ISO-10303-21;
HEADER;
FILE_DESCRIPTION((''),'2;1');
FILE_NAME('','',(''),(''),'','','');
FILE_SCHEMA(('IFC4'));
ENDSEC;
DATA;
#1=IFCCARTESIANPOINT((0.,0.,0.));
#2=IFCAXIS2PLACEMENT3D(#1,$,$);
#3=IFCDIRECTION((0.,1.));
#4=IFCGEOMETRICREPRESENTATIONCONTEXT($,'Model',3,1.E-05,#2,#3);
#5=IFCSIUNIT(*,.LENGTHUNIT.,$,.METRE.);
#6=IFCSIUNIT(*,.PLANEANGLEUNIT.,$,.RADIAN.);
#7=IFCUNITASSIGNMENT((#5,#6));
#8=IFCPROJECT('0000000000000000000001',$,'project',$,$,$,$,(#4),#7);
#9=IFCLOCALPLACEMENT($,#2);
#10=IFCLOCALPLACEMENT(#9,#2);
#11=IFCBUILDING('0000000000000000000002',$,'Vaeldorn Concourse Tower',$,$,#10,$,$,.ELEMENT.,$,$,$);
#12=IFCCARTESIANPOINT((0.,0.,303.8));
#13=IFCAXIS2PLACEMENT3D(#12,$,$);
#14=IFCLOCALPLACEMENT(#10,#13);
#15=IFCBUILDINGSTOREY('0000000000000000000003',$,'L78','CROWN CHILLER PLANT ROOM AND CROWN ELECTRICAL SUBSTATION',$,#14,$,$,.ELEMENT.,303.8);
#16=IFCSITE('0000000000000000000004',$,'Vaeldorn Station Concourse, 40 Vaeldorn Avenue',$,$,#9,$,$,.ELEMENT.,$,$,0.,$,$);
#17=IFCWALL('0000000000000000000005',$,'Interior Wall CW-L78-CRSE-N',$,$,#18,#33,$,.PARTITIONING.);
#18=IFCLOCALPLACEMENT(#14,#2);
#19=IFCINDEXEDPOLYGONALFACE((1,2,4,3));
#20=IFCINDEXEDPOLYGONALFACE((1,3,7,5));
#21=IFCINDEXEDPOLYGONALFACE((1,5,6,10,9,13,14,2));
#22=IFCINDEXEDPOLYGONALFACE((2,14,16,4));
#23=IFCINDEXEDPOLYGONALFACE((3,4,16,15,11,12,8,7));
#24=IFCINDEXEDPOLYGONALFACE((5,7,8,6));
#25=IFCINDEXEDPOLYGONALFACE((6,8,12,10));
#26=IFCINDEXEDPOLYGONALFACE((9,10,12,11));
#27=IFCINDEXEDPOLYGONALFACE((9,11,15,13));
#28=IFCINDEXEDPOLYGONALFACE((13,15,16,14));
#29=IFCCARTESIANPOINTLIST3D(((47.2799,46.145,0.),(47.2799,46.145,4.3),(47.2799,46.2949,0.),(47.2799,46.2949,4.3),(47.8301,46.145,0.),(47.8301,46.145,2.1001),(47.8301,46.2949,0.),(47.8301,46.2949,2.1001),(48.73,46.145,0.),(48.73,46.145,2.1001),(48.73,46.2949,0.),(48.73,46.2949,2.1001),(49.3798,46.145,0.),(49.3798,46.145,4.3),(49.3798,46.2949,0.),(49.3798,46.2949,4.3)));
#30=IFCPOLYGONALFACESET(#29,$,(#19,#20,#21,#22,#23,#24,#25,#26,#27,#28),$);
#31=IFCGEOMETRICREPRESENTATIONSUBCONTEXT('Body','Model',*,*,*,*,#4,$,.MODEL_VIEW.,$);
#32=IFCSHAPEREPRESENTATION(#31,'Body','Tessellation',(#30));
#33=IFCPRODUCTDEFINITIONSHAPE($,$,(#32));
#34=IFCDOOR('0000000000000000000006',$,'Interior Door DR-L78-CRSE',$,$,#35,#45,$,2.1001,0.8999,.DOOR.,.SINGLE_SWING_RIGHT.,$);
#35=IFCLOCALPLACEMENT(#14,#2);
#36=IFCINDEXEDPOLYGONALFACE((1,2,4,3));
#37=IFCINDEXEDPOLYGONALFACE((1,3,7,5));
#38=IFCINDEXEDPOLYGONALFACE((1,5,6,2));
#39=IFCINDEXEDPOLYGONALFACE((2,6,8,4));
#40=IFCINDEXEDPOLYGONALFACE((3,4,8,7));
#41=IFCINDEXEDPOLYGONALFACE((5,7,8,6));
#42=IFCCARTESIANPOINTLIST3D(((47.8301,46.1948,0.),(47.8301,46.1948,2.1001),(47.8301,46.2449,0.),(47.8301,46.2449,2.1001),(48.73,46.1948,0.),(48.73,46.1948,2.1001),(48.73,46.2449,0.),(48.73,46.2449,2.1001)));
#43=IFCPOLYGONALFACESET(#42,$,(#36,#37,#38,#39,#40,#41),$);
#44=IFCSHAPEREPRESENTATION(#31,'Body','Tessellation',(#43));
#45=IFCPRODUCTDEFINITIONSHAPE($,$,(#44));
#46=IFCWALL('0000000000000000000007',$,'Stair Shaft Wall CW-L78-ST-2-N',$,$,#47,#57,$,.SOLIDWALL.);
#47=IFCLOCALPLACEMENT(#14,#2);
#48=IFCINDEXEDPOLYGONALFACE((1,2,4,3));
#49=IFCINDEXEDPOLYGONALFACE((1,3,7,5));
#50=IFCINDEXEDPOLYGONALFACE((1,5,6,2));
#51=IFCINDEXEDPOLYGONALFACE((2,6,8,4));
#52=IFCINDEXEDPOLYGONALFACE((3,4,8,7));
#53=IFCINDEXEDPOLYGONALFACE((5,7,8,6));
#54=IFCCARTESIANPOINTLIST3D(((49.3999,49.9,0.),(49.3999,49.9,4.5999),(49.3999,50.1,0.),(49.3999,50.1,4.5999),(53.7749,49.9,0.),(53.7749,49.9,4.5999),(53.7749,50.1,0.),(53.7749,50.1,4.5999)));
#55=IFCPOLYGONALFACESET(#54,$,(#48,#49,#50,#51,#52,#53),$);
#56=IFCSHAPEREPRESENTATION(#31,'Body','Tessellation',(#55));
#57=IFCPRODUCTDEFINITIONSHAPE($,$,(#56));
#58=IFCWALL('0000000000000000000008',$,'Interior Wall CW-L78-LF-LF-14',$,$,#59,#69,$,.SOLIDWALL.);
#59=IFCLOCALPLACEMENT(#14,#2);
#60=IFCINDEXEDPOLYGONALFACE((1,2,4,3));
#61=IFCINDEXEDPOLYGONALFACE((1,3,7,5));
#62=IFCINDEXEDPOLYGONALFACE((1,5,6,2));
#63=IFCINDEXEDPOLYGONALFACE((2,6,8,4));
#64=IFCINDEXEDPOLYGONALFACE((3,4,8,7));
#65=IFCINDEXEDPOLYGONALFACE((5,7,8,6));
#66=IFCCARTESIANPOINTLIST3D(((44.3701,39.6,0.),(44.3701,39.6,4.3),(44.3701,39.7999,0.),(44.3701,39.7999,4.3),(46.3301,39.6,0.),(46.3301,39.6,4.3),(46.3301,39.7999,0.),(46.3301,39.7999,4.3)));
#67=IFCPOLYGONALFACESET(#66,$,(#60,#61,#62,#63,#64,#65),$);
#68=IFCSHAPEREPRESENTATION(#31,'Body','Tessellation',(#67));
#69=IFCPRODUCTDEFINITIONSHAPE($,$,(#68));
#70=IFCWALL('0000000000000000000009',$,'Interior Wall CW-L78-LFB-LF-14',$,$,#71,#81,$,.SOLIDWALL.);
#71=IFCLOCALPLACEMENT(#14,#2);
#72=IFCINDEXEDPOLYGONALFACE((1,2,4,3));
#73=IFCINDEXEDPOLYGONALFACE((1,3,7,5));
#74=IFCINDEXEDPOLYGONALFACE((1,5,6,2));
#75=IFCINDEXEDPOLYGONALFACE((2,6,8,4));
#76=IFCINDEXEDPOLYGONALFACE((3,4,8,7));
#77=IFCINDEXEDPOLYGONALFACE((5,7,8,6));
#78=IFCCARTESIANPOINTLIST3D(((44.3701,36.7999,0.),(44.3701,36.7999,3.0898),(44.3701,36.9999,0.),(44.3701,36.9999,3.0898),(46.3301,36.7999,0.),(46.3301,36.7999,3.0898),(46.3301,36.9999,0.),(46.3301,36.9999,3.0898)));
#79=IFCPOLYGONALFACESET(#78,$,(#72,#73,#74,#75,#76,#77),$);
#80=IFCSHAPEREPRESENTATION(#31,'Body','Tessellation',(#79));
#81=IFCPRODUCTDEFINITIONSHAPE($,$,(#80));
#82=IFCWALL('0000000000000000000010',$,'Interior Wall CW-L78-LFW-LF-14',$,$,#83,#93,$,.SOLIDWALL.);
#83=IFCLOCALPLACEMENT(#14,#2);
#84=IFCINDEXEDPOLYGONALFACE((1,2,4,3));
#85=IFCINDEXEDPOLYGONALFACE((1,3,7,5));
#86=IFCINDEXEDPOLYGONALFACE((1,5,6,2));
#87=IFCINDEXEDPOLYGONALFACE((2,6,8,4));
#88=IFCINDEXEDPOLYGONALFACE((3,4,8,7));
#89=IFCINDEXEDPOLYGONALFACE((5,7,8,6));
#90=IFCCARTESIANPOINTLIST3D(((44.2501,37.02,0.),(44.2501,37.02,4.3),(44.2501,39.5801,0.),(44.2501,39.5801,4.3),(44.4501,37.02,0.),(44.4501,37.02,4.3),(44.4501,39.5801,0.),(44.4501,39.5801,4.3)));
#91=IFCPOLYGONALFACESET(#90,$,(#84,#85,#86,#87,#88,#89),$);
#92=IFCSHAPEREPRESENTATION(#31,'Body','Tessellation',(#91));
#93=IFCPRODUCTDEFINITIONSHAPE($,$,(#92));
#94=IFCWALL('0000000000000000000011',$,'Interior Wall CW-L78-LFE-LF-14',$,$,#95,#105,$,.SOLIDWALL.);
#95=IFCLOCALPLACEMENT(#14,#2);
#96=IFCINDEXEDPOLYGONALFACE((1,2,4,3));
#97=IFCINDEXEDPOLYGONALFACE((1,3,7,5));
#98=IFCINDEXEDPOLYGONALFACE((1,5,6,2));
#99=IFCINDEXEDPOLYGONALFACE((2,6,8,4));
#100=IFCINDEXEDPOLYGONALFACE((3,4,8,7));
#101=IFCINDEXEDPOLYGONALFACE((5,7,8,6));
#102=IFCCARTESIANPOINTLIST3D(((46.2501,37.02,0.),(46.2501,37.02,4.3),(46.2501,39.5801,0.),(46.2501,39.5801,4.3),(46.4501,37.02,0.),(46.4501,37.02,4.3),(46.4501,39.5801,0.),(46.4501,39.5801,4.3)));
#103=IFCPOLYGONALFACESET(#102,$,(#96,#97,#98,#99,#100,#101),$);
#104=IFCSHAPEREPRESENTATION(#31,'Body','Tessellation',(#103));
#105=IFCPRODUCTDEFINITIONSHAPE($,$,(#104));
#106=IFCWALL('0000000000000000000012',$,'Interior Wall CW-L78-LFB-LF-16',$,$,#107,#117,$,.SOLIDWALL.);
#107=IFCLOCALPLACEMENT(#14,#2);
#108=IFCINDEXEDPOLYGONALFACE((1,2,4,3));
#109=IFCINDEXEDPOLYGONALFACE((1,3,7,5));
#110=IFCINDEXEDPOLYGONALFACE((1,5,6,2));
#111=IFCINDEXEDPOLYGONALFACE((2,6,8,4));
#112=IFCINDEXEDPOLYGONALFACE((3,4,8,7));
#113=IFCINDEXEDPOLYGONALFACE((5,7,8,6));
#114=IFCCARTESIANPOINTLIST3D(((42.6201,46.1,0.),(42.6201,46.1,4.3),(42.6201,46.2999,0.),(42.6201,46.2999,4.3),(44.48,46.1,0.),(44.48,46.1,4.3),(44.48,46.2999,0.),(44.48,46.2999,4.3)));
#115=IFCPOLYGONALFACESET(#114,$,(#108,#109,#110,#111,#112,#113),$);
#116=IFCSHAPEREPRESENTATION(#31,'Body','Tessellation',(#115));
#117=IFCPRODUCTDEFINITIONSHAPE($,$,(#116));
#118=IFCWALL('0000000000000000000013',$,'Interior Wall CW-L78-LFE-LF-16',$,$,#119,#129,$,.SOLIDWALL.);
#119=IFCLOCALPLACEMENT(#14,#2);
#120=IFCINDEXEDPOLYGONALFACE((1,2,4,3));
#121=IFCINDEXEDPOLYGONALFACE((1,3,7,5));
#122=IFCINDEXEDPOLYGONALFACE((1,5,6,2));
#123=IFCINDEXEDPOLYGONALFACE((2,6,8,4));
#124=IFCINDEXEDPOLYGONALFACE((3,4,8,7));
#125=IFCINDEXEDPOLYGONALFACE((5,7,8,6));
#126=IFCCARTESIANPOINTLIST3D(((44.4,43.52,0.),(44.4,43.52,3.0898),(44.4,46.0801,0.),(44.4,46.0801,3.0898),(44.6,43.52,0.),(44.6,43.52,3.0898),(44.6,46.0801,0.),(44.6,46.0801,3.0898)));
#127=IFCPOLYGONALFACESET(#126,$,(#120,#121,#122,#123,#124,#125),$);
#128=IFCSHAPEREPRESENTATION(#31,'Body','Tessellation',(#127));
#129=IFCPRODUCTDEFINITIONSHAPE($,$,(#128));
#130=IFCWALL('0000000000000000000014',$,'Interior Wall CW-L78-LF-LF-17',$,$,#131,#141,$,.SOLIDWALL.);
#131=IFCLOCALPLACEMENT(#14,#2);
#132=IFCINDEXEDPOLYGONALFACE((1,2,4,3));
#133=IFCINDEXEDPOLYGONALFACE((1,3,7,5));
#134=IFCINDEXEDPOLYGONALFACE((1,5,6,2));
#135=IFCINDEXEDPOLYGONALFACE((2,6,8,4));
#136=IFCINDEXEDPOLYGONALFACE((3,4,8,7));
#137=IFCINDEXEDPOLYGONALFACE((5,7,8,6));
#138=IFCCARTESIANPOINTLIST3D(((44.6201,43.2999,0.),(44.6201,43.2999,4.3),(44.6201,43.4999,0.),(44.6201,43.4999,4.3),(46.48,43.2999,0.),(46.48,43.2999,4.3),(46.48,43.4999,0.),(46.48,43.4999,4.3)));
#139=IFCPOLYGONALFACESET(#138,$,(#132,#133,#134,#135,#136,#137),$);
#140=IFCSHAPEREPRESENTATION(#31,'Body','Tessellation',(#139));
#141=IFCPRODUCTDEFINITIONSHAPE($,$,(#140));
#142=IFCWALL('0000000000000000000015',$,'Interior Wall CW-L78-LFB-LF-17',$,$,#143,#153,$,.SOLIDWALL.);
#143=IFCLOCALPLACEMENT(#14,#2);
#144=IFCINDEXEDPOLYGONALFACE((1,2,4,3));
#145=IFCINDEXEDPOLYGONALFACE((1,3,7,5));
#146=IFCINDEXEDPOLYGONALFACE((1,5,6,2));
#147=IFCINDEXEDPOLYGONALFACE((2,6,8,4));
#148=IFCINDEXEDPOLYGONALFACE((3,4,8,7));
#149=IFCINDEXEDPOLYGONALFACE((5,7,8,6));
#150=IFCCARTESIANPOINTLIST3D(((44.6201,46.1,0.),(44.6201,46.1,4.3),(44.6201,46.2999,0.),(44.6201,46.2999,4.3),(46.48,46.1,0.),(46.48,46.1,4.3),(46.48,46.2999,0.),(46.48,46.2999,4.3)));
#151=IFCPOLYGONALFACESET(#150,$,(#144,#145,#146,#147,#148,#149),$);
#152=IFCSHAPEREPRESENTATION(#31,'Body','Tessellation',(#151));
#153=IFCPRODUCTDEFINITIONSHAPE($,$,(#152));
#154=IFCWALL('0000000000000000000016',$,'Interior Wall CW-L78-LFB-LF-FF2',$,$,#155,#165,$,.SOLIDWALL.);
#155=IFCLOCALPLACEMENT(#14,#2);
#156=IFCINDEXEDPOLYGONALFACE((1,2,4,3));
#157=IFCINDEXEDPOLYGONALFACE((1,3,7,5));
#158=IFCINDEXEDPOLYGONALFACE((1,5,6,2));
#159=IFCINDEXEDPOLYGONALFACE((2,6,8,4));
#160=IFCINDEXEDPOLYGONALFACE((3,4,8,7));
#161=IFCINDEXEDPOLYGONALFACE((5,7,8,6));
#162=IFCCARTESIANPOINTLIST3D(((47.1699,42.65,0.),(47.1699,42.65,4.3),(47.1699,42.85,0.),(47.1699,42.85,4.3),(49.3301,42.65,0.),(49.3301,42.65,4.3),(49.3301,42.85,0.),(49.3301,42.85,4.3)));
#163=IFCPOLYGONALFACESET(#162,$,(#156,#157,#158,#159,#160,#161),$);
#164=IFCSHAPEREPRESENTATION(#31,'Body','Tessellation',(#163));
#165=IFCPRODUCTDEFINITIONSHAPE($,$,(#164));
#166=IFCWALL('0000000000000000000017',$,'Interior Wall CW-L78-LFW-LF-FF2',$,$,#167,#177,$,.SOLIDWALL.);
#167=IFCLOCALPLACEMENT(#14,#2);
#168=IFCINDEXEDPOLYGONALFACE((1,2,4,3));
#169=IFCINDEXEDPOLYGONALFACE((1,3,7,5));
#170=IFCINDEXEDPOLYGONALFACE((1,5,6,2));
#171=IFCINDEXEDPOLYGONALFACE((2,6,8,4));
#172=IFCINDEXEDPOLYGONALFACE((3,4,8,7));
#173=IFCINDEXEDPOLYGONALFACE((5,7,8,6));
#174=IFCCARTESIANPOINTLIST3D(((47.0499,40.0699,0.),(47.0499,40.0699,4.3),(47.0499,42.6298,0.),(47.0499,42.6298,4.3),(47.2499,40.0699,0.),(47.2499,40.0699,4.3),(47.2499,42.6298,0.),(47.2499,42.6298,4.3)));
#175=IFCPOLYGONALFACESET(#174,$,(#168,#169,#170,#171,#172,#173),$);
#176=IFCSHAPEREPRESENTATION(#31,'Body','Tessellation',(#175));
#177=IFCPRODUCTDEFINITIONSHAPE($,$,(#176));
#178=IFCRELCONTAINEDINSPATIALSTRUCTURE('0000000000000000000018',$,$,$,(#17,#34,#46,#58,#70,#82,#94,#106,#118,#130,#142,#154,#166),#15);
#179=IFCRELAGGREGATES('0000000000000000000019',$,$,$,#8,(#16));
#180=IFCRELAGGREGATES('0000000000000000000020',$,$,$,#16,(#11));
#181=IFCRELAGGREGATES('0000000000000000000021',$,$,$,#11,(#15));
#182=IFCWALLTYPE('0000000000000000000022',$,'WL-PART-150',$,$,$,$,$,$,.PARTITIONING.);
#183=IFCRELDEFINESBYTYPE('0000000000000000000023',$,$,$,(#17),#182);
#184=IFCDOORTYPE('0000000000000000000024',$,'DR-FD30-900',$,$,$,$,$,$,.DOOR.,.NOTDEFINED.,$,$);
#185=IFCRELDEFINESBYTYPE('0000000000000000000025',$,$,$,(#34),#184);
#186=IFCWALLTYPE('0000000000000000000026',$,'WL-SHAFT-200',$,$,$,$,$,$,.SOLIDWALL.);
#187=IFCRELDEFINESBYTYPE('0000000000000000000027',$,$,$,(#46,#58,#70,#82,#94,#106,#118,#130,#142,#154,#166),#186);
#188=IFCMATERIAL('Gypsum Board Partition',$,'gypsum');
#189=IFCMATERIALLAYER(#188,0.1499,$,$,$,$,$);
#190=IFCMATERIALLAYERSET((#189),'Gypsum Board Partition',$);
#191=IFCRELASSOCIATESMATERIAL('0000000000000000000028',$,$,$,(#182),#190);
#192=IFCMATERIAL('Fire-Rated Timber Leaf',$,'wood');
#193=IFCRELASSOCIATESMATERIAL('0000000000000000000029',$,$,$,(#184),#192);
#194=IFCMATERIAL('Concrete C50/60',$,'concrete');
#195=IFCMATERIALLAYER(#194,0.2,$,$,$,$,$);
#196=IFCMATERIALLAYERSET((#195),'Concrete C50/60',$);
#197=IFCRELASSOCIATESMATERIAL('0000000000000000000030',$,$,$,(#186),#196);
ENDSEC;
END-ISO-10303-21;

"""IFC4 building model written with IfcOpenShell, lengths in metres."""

from ifc_helpers import new_model, si_unit, direction, frame, frame_2d, origin, place, context, subcontext, project, spatial, rectangle, extrude, source, transform, mapped, material, layer, layer_set, type_object, element, fill, save


model = new_model("IFC4")

# Units and contexts
model_context = context("Model", 3, precision=1e-05, world=origin(), true_north=direction((0.0, 1.0)))
body_context = subcontext(model_context, "Body", "Model", "MODEL_VIEW")
ifc_project = project(units=[si_unit("LENGTHUNIT", "METRE"), si_unit("PLANEANGLEUNIT", "RADIAN")], contexts=[model_context])

# Site, building, storey
site_placement = place(None, origin())
site = spatial("IfcSite", under=ifc_project, at=site_placement, Name="Vaeldorn Station Concourse, 40 Vaeldorn Avenue", CompositionType="ELEMENT", RefElevation=0.0)
building_placement = place(site_placement, origin())
building = spatial("IfcBuilding", under=site, at=building_placement, Name="Vaeldorn Concourse Tower", CompositionType="ELEMENT")
storey_placement = place(building_placement, frame((0.0, 0.0, 303.8)))
storey = spatial("IfcBuildingStorey", under=building, at=storey_placement, Name="L78", Description="CROWN CHILLER PLANT ROOM AND CROWN ELECTRICAL SUBSTATION", CompositionType="ELEMENT", Elevation=303.8)

# Shared definitions
ifc_material_1 = material(Name="Concrete C50/60", Category="concrete")

# Wall, opening, door
ifc_material_2 = material(Name="Gypsum Board Partition", Category="gypsum")
ifc_layer_1 = layer(ifc_material_2, 0.1499)
ifc_layer_set_1 = layer_set([ifc_layer_1], Name="Gypsum Board Partition")
wall_type_1 = type_object("IfcWallType", Name="WL-PART-150", PredefinedType="PARTITIONING", material=ifc_layer_set_1)
wall_1_placement = place(storey_placement, frame((47.28, 46.22, 0.0), z_axis=(0.0, 0.0, 1.0), x_axis=(1.0, 0.0, 0.0)))
wall_1 = element("IfcWall", 1, at=wall_1_placement, inside=storey, type_object=wall_type_1, Name="Interior Wall CW-L78-CRSE-N", PredefinedType="PARTITIONING", context=body_context, shape_type="SweptSolid", body=[
    extrude(rectangle(XDim=2.0999, YDim=0.1499, at=frame_2d((1.0498, 0.0))), origin(), (0.0, 0.0, 1.0), 4.3),
])
opening_1_placement = place(wall_1_placement, frame((0.55, 0.0, 0.0)))
opening_1 = element("IfcOpeningElement", 2, at=opening_1_placement, cuts=wall_1, PredefinedType="OPENING", context=body_context, shape_type="SweptSolid", body=[
    extrude(rectangle(XDim=0.8999, YDim=2.1001, at=frame_2d((0.45, 1.05))), frame((0.0, 0.085, 0.0), z_axis=(0.0, -1.0, 0.0), x_axis=(1.0, 0.0, 0.0)), (0.0, 0.0, 1.0), 0.1699),
])
ifc_material_3 = material(Name="Fire-Rated Timber Leaf", Category="wood")
door_type_1 = type_object("IfcDoorType", Name="DR-FD30-900", OperationType="NOTDEFINED", PredefinedType="DOOR", material=ifc_material_3)
shared_shape_1 = source(origin(), body_context, "Body", "SweptSolid", [
    extrude(rectangle(XDim=0.8999, YDim=2.1001, at=frame_2d((0.45, 1.05))), frame((0.0, 0.0249, 0.0), z_axis=(0.0, -1.0, 0.0), x_axis=(1.0, 0.0, 0.0)), (0.0, 0.0, 1.0), 0.05),
])
door_1_placement = place(opening_1_placement, origin())
door_1 = element("IfcDoor", 3, at=door_1_placement, inside=storey, type_object=door_type_1, Name="Interior Door DR-L78-CRSE", OperationType="SINGLE_SWING_RIGHT", OverallHeight=2.1001, OverallWidth=0.8999, PredefinedType="DOOR", context=body_context, shape_type="MappedRepresentation", body=[
    mapped(shared_shape_1, transform((0.0, 0.0, 0.0), scale=1.0)),
])
fill(opening_1, door_1)
ifc_layer_2 = layer(ifc_material_1, 0.2)
ifc_layer_set_2 = layer_set([ifc_layer_2], Name="Concrete C50/60")
wall_type_2 = type_object("IfcWallType", Name="WL-SHAFT-200", PredefinedType="SOLIDWALL", material=ifc_layer_set_2)

# Walls
wall_2_placement = place(storey_placement, frame((49.3999, 50.0, 0.0), z_axis=(0.0, 0.0, 1.0), x_axis=(1.0, 0.0, 0.0)))
element("IfcWall", 4, at=wall_2_placement, inside=storey, type_object=wall_type_2, Name="Stair Shaft Wall CW-L78-ST-2-N", PredefinedType="SOLIDWALL", context=body_context, shape_type="SweptSolid", body=[
    extrude(rectangle(XDim=4.375, YDim=0.2, at=frame_2d((2.1875, 0.0))), origin(), (0.0, 0.0, 1.0), 4.5999),
])
wall_3_placement = place(storey_placement, frame((44.3701, 39.7, 0.0), z_axis=(0.0, 0.0, 1.0), x_axis=(1.0, 0.0, 0.0)))
element("IfcWall", 5, at=wall_3_placement, inside=storey, type_object=wall_type_2, Name="Interior Wall CW-L78-LF-LF-14", PredefinedType="SOLIDWALL", context=body_context, shape_type="SweptSolid", body=[
    extrude(rectangle(XDim=1.96, YDim=0.2, at=frame_2d((0.98, 0.0))), origin(), (0.0, 0.0, 1.0), 4.3),
])
wall_4_placement = place(storey_placement, frame((44.3701, 36.8999, 0.0), z_axis=(0.0, 0.0, 1.0), x_axis=(1.0, 0.0, 0.0)))
element("IfcWall", 6, at=wall_4_placement, inside=storey, type_object=wall_type_2, Name="Interior Wall CW-L78-LFB-LF-14", PredefinedType="SOLIDWALL", context=body_context, shape_type="SweptSolid", body=[
    extrude(rectangle(XDim=1.96, YDim=0.2, at=frame_2d((0.98, 0.0))), origin(), (0.0, 0.0, 1.0), 3.0898),
])
for number, where, z_axis, x_axis, name in (
    (7, (44.3501, 37.02, 0.0), (0.0, 0.0, 1.0), (0.0, 1.0, 0.0), "Interior Wall CW-L78-LFW-LF-14"),
    (8, (46.3501, 37.02, 0.0), (0.0, 0.0, 1.0), (0.0, 1.0, 0.0), "Interior Wall CW-L78-LFE-LF-14"),
):
    element("IfcWall", number, at=place(storey_placement, frame(where, z_axis=z_axis, x_axis=x_axis)), inside=storey, type_object=wall_type_2, Name=name, PredefinedType="SOLIDWALL", context=body_context, shape_type="SweptSolid", body=[
        extrude(rectangle(XDim=2.5601, YDim=0.2, at=frame_2d((1.28, 0.0))), origin(), (0.0, 0.0, 1.0), 4.3),
    ])
wall_5_placement = place(storey_placement, frame((42.6201, 46.2, 0.0), z_axis=(0.0, 0.0, 1.0), x_axis=(1.0, 0.0, 0.0)))
element("IfcWall", 9, at=wall_5_placement, inside=storey, type_object=wall_type_2, Name="Interior Wall CW-L78-LFB-LF-16", PredefinedType="SOLIDWALL", context=body_context, shape_type="SweptSolid", body=[
    extrude(rectangle(XDim=1.8599, YDim=0.2, at=frame_2d((0.9299, 0.0))), origin(), (0.0, 0.0, 1.0), 4.3),
])
wall_6_placement = place(storey_placement, frame((44.5, 43.52, 0.0), z_axis=(0.0, 0.0, 1.0), x_axis=(0.0, 1.0, 0.0)))
element("IfcWall", 10, at=wall_6_placement, inside=storey, type_object=wall_type_2, Name="Interior Wall CW-L78-LFE-LF-16", PredefinedType="SOLIDWALL", context=body_context, shape_type="SweptSolid", body=[
    extrude(rectangle(XDim=2.5601, YDim=0.2, at=frame_2d((1.28, 0.0))), origin(), (0.0, 0.0, 1.0), 3.0898),
])
for number, where, z_axis, x_axis, name in (
    (11, (44.6201, 43.3999, 0.0), (0.0, 0.0, 1.0), (1.0, 0.0, 0.0), "Interior Wall CW-L78-LF-LF-17"),
    (12, (44.6201, 46.2, 0.0), (0.0, 0.0, 1.0), (1.0, 0.0, 0.0), "Interior Wall CW-L78-LFB-LF-17"),
):
    element("IfcWall", number, at=place(storey_placement, frame(where, z_axis=z_axis, x_axis=x_axis)), inside=storey, type_object=wall_type_2, Name=name, PredefinedType="SOLIDWALL", context=body_context, shape_type="SweptSolid", body=[
        extrude(rectangle(XDim=1.8599, YDim=0.2, at=frame_2d((0.9299, 0.0))), origin(), (0.0, 0.0, 1.0), 4.3),
    ])

# Walls
wall_7_placement = place(storey_placement, frame((47.1699, 42.75, 0.0), z_axis=(0.0, 0.0, 1.0), x_axis=(1.0, 0.0, 0.0)))
element("IfcWall", 13, at=wall_7_placement, inside=storey, type_object=wall_type_2, Name="Interior Wall CW-L78-LFB-LF-FF2", PredefinedType="SOLIDWALL", context=body_context, shape_type="SweptSolid", body=[
    extrude(rectangle(XDim=2.1602, YDim=0.2, at=frame_2d((1.0801, 0.0))), origin(), (0.0, 0.0, 1.0), 4.3),
])
wall_8_placement = place(storey_placement, frame((47.1499, 40.0701, 0.0), z_axis=(0.0, 0.0, 1.0), x_axis=(0.0, 1.0, 0.0)))
element("IfcWall", 14, at=wall_8_placement, inside=storey, type_object=wall_type_2, Name="Interior Wall CW-L78-LFW-LF-FF2", PredefinedType="SOLIDWALL", context=body_context, shape_type="SweptSolid", body=[
    extrude(rectangle(XDim=2.5598, YDim=0.2, at=frame_2d((1.2798, 0.0))), origin(), (0.0, 0.0, 1.0), 4.3),
])

save(model, "model.ifc")
